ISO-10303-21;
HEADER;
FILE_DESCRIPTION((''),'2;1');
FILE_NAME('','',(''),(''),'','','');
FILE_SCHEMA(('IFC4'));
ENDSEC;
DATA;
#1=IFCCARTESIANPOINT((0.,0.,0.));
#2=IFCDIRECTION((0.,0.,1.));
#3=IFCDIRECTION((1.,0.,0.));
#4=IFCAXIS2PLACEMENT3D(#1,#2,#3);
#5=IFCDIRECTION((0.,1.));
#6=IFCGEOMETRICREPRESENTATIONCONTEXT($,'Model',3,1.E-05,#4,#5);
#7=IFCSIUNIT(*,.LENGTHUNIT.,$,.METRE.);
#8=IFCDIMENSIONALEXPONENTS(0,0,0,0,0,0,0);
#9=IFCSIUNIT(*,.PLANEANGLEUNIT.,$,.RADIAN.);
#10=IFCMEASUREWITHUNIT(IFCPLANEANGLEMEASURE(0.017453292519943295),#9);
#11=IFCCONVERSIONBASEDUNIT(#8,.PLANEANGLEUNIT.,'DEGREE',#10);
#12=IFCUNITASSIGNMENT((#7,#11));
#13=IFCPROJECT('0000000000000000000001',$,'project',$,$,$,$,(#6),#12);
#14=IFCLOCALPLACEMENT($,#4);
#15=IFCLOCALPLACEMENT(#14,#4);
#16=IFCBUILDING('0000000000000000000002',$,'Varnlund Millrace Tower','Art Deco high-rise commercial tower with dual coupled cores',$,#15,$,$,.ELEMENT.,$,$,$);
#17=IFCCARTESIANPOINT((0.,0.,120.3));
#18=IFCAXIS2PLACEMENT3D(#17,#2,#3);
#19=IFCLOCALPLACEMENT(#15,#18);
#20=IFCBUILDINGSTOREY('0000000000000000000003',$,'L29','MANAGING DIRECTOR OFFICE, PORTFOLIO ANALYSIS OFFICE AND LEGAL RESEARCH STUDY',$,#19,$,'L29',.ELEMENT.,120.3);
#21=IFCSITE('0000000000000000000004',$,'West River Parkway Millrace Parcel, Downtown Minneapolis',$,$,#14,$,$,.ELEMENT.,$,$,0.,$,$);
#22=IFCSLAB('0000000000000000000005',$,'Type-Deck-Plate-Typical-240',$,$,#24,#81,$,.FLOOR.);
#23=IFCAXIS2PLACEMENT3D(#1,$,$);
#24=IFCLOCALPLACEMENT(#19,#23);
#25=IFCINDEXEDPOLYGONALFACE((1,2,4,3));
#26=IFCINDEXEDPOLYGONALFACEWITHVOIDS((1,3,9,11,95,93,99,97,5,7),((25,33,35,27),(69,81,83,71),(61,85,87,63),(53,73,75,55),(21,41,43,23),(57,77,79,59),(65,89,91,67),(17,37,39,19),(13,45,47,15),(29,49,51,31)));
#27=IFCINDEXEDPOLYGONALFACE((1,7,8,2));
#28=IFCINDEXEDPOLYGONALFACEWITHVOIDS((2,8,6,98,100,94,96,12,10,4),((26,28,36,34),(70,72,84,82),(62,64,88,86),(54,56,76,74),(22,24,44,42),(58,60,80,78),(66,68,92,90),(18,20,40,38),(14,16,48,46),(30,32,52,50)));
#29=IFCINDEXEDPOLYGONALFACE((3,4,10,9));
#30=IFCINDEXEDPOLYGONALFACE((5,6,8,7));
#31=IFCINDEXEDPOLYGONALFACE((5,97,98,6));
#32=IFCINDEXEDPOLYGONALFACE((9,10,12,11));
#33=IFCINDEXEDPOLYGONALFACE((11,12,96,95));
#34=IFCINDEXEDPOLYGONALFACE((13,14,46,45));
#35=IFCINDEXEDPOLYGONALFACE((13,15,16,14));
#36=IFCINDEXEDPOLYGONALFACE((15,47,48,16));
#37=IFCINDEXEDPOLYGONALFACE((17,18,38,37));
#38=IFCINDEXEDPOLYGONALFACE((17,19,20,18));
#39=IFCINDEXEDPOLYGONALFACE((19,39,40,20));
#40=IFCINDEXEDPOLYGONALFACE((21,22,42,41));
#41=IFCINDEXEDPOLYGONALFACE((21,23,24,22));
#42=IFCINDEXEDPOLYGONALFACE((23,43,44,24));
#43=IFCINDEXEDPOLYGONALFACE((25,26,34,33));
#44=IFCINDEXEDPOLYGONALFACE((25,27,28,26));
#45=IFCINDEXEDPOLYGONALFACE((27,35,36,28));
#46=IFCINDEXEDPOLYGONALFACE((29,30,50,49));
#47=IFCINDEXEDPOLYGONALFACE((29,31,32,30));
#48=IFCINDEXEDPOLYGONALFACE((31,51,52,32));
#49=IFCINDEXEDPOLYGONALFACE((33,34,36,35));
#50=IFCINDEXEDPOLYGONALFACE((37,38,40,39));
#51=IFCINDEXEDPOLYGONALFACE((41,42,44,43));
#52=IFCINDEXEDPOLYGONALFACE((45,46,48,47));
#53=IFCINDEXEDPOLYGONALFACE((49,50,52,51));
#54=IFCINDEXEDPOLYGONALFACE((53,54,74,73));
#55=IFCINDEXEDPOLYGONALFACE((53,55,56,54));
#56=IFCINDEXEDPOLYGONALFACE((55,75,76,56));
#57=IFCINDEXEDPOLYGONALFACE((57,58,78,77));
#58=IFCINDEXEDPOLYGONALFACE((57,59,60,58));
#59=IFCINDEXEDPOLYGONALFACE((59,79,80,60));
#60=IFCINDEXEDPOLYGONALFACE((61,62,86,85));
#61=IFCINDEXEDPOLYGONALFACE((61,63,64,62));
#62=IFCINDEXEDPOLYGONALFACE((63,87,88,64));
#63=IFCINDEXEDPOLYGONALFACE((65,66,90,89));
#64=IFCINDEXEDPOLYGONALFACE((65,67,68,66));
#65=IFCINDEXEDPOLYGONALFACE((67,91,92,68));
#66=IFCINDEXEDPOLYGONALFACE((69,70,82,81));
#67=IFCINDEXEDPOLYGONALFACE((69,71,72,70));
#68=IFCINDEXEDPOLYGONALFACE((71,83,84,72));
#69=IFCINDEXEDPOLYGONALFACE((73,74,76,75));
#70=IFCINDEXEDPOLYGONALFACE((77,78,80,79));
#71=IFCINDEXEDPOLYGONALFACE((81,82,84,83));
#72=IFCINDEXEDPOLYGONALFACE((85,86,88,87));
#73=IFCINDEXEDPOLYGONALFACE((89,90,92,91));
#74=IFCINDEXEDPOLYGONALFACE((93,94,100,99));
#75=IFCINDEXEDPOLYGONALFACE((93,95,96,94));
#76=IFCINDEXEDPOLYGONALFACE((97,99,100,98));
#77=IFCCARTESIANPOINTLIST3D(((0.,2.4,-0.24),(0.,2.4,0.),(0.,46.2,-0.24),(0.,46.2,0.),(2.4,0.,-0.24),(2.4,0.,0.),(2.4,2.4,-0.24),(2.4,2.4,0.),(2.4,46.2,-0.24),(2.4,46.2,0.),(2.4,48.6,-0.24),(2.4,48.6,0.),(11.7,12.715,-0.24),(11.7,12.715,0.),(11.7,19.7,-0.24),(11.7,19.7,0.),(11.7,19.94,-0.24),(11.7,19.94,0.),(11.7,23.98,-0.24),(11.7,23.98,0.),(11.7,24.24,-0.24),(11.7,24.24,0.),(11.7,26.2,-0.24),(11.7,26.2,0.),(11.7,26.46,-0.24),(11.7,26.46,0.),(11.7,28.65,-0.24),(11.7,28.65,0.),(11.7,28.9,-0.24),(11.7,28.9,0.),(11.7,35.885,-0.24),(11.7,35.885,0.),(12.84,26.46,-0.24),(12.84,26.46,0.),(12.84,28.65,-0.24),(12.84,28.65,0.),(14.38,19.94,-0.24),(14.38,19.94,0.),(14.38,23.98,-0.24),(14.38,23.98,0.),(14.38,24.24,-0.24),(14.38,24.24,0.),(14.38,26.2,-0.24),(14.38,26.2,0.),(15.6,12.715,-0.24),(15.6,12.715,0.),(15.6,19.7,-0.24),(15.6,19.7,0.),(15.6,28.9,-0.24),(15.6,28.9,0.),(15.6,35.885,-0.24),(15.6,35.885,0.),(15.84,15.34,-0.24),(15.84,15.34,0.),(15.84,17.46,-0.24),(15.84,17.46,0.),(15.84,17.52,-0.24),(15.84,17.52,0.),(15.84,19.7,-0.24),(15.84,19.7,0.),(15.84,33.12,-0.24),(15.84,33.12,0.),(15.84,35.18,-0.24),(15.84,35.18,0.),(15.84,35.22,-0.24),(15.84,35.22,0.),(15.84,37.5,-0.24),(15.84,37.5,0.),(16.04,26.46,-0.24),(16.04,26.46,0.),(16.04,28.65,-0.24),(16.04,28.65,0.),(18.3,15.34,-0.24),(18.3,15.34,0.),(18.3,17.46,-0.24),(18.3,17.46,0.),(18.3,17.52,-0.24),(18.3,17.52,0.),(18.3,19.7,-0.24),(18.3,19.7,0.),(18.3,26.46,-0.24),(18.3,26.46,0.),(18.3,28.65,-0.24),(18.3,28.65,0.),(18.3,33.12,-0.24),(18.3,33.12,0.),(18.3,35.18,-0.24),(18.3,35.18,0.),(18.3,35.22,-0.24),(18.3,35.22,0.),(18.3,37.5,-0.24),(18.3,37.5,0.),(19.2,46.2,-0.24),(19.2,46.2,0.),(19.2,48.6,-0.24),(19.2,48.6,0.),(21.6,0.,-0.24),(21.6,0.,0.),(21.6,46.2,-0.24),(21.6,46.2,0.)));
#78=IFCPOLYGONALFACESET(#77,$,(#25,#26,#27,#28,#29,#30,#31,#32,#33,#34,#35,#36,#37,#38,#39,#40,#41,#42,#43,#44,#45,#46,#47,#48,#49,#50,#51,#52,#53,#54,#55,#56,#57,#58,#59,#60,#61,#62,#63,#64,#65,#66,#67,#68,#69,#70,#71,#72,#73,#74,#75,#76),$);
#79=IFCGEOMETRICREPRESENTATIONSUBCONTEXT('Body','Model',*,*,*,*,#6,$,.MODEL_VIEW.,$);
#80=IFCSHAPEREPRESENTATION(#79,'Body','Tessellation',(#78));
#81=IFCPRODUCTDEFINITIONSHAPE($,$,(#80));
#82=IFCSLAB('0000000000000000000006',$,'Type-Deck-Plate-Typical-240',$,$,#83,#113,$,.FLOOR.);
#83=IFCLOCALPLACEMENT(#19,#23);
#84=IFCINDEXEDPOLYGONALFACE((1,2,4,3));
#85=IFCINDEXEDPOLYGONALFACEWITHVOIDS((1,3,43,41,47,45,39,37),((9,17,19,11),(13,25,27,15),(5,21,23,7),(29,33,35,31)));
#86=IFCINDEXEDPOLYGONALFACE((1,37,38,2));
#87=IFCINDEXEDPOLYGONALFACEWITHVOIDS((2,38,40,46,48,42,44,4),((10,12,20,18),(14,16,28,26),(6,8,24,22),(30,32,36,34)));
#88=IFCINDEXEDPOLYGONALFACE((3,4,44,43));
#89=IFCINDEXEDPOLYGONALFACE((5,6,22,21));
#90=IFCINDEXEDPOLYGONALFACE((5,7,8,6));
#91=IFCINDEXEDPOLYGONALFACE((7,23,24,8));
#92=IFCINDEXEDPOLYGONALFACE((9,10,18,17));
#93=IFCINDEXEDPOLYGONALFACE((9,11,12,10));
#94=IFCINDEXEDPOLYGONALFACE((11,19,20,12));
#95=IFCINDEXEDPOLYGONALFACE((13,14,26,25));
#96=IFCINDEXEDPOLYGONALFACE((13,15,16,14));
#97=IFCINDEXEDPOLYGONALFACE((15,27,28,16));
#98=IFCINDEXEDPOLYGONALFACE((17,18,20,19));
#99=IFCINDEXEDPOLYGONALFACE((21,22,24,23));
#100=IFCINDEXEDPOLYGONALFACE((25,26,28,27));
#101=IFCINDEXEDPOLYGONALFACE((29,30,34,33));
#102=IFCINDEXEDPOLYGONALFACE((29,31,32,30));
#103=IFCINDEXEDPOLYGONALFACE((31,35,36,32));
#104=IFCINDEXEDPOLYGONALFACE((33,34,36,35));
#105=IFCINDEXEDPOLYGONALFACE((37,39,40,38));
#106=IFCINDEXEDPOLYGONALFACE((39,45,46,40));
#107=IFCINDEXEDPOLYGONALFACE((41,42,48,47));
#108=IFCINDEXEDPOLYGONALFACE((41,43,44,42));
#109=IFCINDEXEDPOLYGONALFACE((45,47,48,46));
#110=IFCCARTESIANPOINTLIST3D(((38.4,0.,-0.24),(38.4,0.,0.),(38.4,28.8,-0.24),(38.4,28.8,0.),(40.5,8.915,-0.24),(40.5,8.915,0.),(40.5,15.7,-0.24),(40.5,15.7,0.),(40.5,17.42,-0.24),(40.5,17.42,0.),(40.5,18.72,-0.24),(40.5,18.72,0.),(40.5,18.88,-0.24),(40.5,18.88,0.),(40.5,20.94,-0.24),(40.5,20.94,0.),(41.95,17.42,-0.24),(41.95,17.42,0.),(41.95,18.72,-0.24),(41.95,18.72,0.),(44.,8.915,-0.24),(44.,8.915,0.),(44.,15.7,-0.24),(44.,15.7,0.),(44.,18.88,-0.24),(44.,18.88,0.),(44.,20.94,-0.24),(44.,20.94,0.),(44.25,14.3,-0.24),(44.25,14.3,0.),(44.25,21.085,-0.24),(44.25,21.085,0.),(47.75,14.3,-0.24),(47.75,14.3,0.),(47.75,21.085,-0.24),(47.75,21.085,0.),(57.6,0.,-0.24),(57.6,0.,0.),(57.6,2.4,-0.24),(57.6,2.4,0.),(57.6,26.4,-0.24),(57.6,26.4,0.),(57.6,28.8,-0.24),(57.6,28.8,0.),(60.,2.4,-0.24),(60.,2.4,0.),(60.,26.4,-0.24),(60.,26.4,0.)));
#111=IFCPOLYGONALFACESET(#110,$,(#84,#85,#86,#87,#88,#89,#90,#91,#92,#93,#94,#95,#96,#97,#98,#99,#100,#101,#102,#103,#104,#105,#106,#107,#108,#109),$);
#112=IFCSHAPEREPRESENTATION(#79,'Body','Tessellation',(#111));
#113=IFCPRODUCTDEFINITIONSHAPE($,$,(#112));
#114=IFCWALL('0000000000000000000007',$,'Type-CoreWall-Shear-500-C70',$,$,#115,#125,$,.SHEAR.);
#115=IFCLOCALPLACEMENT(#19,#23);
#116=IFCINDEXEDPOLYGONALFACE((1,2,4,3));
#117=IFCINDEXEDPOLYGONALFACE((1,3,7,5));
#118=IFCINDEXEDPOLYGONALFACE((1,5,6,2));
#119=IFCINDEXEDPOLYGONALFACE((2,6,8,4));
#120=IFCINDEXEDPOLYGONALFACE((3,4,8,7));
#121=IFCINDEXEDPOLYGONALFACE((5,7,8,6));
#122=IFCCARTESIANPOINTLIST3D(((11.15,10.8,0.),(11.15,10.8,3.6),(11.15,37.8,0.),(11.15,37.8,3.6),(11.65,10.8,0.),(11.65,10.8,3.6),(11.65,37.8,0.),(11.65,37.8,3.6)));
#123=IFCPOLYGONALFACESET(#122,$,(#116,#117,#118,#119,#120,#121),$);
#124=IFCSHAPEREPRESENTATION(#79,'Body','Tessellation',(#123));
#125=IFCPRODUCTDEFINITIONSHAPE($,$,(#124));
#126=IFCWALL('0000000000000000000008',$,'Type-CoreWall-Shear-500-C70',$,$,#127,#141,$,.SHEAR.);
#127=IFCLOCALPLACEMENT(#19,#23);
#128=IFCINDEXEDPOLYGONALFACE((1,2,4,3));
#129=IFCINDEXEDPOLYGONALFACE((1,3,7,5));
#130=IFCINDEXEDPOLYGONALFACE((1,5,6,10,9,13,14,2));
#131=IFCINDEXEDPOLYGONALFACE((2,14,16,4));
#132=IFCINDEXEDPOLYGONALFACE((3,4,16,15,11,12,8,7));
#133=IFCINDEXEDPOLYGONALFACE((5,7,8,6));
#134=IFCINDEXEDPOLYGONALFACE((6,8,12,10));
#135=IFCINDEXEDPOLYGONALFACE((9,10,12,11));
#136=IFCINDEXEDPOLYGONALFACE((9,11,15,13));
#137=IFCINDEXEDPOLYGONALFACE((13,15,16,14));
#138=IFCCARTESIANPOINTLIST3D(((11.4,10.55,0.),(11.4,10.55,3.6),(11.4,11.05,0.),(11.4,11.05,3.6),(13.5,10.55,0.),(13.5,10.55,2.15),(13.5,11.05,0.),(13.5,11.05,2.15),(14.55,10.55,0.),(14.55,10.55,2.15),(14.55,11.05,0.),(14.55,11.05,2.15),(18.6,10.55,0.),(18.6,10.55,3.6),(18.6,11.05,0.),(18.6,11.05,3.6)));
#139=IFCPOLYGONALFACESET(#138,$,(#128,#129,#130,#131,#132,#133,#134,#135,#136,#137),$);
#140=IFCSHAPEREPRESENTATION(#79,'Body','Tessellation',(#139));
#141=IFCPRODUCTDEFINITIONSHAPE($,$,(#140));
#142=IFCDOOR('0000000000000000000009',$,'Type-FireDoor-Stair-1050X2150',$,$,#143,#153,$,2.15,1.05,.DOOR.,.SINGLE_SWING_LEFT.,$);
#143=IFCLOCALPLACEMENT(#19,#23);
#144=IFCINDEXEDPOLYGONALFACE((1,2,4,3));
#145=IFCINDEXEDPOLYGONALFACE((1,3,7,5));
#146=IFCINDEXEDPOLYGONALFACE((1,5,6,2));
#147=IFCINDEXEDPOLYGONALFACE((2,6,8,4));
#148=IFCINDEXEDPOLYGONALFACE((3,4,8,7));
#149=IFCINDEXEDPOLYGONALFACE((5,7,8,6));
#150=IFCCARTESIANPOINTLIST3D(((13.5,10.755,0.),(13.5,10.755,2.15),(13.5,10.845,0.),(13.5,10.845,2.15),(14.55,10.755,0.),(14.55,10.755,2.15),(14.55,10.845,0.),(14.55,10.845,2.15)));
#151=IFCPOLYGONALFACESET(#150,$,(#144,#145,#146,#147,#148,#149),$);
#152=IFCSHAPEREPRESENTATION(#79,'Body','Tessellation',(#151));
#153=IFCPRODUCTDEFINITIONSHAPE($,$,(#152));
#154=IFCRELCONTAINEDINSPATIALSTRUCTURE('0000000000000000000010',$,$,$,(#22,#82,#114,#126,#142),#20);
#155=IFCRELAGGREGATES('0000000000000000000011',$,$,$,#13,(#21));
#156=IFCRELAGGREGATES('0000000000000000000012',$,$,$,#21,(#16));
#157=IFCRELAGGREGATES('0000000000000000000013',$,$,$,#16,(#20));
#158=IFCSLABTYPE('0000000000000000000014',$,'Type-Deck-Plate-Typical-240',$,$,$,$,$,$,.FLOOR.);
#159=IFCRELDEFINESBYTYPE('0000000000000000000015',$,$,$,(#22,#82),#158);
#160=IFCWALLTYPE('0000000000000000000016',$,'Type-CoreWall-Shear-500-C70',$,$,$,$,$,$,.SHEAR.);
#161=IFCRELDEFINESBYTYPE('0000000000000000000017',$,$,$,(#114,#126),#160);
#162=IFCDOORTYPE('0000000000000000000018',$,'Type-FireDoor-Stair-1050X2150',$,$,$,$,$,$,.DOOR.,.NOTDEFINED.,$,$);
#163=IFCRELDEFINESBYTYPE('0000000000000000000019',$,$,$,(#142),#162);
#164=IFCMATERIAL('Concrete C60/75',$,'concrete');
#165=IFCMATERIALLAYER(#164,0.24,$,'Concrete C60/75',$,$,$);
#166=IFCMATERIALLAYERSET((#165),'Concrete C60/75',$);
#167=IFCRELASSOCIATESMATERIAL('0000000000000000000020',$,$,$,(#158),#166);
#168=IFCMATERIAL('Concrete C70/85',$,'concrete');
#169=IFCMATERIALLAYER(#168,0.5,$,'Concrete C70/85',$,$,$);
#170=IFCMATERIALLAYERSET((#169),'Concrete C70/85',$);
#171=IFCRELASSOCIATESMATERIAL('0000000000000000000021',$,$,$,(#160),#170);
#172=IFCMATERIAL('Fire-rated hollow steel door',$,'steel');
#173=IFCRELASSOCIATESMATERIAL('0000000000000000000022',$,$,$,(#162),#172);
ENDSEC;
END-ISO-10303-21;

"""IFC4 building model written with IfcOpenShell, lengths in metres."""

from ifc_helpers import new_model, entity, si_unit, converted_unit, direction, frame, origin_with_axes, origin_2d_with_axis, place, context, subcontext, project, spatial, polyline, rectangle, outline, extrude, material, layer, layer_set, type_object, element, fill, save


model = new_model("IFC4")

# Units and contexts
model_context = context("Model", 3, precision=1e-05, world=origin_with_axes(), true_north=direction((0.0, 1.0)))
body_context = subcontext(model_context, "Body", "Model", "MODEL_VIEW")
ifc_project = project(units=[si_unit("LENGTHUNIT", "METRE"), converted_unit("PLANEANGLEUNIT", "DEGREE", entity("IfcPlaneAngleMeasure", 0.017453292519943295), si_unit("PLANEANGLEUNIT", "RADIAN"), dimensions=[0, 0, 0, 0, 0, 0, 0])], contexts=[model_context])

# Site, building, storey
site_placement = place(None, origin_with_axes())
site = spatial("IfcSite", under=ifc_project, at=site_placement, Name="West River Parkway Millrace Parcel, Downtown Minneapolis", CompositionType="ELEMENT", RefElevation=0.0)
building_placement = place(site_placement, origin_with_axes())
building = spatial("IfcBuilding", under=site, at=building_placement, Name="Varnlund Millrace Tower", Description="Art Deco high-rise commercial tower with dual coupled cores", CompositionType="ELEMENT")
storey_placement = place(building_placement, frame((0.0, 0.0, 120.3), z_axis=(0.0, 0.0, 1.0), x_axis=(1.0, 0.0, 0.0)))
storey = spatial("IfcBuildingStorey", under=building, at=storey_placement, Name="L29", Description="MANAGING DIRECTOR OFFICE, PORTFOLIO ANALYSIS OFFICE AND LEGAL RESEARCH STUDY", LongName="L29", CompositionType="ELEMENT", Elevation=120.3)

# Slabs
ifc_material_1 = material(Name="Concrete C60/75", Category="concrete")
ifc_layer_1 = layer(ifc_material_1, 0.24, Name="Concrete C60/75")
ifc_layer_set_1 = layer_set([ifc_layer_1], Name="Concrete C60/75")
slab_type = type_object("IfcSlabType", Name="Type-Deck-Plate-Typical-240", PredefinedType="FLOOR", material=ifc_layer_set_1)
slab_1_placement = place(storey_placement, frame((0.0, 0.0, -0.24), z_axis=(0.0, 0.0, 1.0), x_axis=(1.0, 0.0, 0.0)))
element("IfcSlab", 1, at=slab_1_placement, inside=storey, type_object=slab_type, Name="Type-Deck-Plate-Typical-240", PredefinedType="FLOOR", context=body_context, shape_type="SweptSolid", body=[
    extrude(outline(polyline([(2.4, 2.4), (2.4, 0.0), (21.6, 0.0), (21.6, 46.2), (19.2, 46.2), (19.2, 48.6), (2.4, 48.6), (2.4, 46.2), (0.0, 46.2), (0.0, 2.4), (2.4, 2.4)]), holes=[polyline([(15.6, 19.7), (15.6, 12.715), (11.7, 12.715), (11.7, 19.7), (15.6, 19.7)]), polyline([(11.7, 23.98), (14.38, 23.98), (14.38, 19.94), (11.7, 19.94), (11.7, 23.98)]), polyline([(14.38, 24.24), (11.7, 24.24), (11.7, 26.2), (14.38, 26.2), (14.38, 24.24)]), polyline([(12.84, 26.46), (11.7, 26.46), (11.7, 28.65), (12.84, 28.65), (12.84, 26.46)]), polyline([(15.6, 35.885), (15.6, 28.9), (11.7, 28.9), (11.7, 35.885), (15.6, 35.885)]), polyline([(18.3, 15.34), (15.84, 15.34), (15.84, 17.46), (18.3, 17.46), (18.3, 15.34)]), polyline([(18.3, 17.52), (15.84, 17.52), (15.84, 19.7), (18.3, 19.7), (18.3, 17.52)]), polyline([(18.3, 28.65), (18.3, 26.46), (16.04, 26.46), (16.04, 28.65), (18.3, 28.65)]), polyline([(18.3, 33.12), (15.84, 33.12), (15.84, 35.18), (18.3, 35.18), (18.3, 33.12)]), polyline([(18.3, 35.22), (15.84, 35.22), (15.84, 37.5), (18.3, 37.5), (18.3, 35.22)])]), origin_with_axes(), (0.0, 0.0, 1.0), 0.24),
])
slab_2_placement = place(storey_placement, frame((0.0, 0.0, -0.24), z_axis=(0.0, 0.0, 1.0), x_axis=(1.0, 0.0, 0.0)))
element("IfcSlab", 2, at=slab_2_placement, inside=storey, type_object=slab_type, Name="Type-Deck-Plate-Typical-240", PredefinedType="FLOOR", context=body_context, shape_type="SweptSolid", body=[
    extrude(outline(polyline([(38.4, 0.0), (57.6, 0.0), (57.6, 2.4), (60.0, 2.4), (60.0, 26.4), (57.6, 26.4), (57.6, 28.8), (38.4, 28.8), (38.4, 0.0)]), holes=[polyline([(40.5, 15.7), (44.0, 15.7), (44.0, 8.915), (40.5, 8.915), (40.5, 15.7)]), polyline([(44.25, 21.085), (47.75, 21.085), (47.75, 14.3), (44.25, 14.3), (44.25, 21.085)]), polyline([(40.5, 18.72), (41.95, 18.72), (41.95, 17.42), (40.5, 17.42), (40.5, 18.72)]), polyline([(40.5, 20.94), (44.0, 20.94), (44.0, 18.88), (40.5, 18.88), (40.5, 20.94)])]), origin_with_axes(), (0.0, 0.0, 1.0), 0.24),
])

# Wall
ifc_material_2 = material(Name="Concrete C70/85", Category="concrete")
ifc_layer_2 = layer(ifc_material_2, 0.5, Name="Concrete C70/85")
ifc_layer_set_2 = layer_set([ifc_layer_2], Name="Concrete C70/85")
wall_type = type_object("IfcWallType", Name="Type-CoreWall-Shear-500-C70", PredefinedType="SHEAR", material=ifc_layer_set_2)
wall_1_placement = place(storey_placement, frame((11.4, 10.8, 0.0), z_axis=(0.0, 0.0, 1.0), x_axis=(0.0, 1.0, 0.0)))
element("IfcWall", 3, at=wall_1_placement, inside=storey, type_object=wall_type, Name="Type-CoreWall-Shear-500-C70", PredefinedType="SHEAR", context=body_context, shape_type="SweptSolid", body=[
    extrude(outline(polyline([(0.0, -0.25), (27.0, -0.25), (27.0, 0.25), (0.0, 0.25), (0.0, -0.25)])), origin_with_axes(), (0.0, 0.0, 1.0), 3.6),
])

# Wall, opening, door
wall_2_placement = place(storey_placement, frame((11.4, 10.8, 0.0), z_axis=(0.0, 0.0, 1.0), x_axis=(1.0, 0.0, 0.0)))
wall_2 = element("IfcWall", 4, at=wall_2_placement, inside=storey, type_object=wall_type, Name="Type-CoreWall-Shear-500-C70", PredefinedType="SHEAR", context=body_context, shape_type="SweptSolid", body=[
    extrude(outline(polyline([(0.0, -0.25), (7.2, -0.25), (7.2, 0.25), (0.0, 0.25), (0.0, -0.25)])), origin_with_axes(), (0.0, 0.0, 1.0), 3.6),
])
opening_1_placement = place(wall_2_placement, frame((2.625, 0.0, 0.0), z_axis=(0.0, 0.0, 1.0), x_axis=(1.0, 0.0, 0.0)))
opening_1 = element("IfcOpeningElement", 5, at=opening_1_placement, cuts=wall_2, PredefinedType="OPENING", context=body_context, shape_type="SweptSolid", body=[
    extrude(rectangle(XDim=1.05, YDim=0.52, at=origin_2d_with_axis()), origin_with_axes(), (0.0, 0.0, 1.0), 2.15),
])
ifc_material_3 = material(Name="Fire-rated hollow steel door", Category="steel")
door_type_1 = type_object("IfcDoorType", Name="Type-FireDoor-Stair-1050X2150", OperationType="NOTDEFINED", PredefinedType="DOOR", material=ifc_material_3)
door_1_placement = place(wall_2_placement, frame((2.625, 0.0, 0.0), z_axis=(0.0, 0.0, 1.0), x_axis=(1.0, 0.0, 0.0)))
door_1 = element("IfcDoor", 6, at=door_1_placement, inside=storey, type_object=door_type_1, Name="Type-FireDoor-Stair-1050X2150", OperationType="SINGLE_SWING_LEFT", OverallHeight=2.15, OverallWidth=1.05, PredefinedType="DOOR", context=body_context, shape_type="SweptSolid", body=[
    extrude(rectangle(XDim=1.05, YDim=0.09, at=origin_2d_with_axis()), origin_with_axes(), (0.0, 0.0, 1.0), 2.15),
])
fill(opening_1, door_1)

save(model, "model.ifc")
